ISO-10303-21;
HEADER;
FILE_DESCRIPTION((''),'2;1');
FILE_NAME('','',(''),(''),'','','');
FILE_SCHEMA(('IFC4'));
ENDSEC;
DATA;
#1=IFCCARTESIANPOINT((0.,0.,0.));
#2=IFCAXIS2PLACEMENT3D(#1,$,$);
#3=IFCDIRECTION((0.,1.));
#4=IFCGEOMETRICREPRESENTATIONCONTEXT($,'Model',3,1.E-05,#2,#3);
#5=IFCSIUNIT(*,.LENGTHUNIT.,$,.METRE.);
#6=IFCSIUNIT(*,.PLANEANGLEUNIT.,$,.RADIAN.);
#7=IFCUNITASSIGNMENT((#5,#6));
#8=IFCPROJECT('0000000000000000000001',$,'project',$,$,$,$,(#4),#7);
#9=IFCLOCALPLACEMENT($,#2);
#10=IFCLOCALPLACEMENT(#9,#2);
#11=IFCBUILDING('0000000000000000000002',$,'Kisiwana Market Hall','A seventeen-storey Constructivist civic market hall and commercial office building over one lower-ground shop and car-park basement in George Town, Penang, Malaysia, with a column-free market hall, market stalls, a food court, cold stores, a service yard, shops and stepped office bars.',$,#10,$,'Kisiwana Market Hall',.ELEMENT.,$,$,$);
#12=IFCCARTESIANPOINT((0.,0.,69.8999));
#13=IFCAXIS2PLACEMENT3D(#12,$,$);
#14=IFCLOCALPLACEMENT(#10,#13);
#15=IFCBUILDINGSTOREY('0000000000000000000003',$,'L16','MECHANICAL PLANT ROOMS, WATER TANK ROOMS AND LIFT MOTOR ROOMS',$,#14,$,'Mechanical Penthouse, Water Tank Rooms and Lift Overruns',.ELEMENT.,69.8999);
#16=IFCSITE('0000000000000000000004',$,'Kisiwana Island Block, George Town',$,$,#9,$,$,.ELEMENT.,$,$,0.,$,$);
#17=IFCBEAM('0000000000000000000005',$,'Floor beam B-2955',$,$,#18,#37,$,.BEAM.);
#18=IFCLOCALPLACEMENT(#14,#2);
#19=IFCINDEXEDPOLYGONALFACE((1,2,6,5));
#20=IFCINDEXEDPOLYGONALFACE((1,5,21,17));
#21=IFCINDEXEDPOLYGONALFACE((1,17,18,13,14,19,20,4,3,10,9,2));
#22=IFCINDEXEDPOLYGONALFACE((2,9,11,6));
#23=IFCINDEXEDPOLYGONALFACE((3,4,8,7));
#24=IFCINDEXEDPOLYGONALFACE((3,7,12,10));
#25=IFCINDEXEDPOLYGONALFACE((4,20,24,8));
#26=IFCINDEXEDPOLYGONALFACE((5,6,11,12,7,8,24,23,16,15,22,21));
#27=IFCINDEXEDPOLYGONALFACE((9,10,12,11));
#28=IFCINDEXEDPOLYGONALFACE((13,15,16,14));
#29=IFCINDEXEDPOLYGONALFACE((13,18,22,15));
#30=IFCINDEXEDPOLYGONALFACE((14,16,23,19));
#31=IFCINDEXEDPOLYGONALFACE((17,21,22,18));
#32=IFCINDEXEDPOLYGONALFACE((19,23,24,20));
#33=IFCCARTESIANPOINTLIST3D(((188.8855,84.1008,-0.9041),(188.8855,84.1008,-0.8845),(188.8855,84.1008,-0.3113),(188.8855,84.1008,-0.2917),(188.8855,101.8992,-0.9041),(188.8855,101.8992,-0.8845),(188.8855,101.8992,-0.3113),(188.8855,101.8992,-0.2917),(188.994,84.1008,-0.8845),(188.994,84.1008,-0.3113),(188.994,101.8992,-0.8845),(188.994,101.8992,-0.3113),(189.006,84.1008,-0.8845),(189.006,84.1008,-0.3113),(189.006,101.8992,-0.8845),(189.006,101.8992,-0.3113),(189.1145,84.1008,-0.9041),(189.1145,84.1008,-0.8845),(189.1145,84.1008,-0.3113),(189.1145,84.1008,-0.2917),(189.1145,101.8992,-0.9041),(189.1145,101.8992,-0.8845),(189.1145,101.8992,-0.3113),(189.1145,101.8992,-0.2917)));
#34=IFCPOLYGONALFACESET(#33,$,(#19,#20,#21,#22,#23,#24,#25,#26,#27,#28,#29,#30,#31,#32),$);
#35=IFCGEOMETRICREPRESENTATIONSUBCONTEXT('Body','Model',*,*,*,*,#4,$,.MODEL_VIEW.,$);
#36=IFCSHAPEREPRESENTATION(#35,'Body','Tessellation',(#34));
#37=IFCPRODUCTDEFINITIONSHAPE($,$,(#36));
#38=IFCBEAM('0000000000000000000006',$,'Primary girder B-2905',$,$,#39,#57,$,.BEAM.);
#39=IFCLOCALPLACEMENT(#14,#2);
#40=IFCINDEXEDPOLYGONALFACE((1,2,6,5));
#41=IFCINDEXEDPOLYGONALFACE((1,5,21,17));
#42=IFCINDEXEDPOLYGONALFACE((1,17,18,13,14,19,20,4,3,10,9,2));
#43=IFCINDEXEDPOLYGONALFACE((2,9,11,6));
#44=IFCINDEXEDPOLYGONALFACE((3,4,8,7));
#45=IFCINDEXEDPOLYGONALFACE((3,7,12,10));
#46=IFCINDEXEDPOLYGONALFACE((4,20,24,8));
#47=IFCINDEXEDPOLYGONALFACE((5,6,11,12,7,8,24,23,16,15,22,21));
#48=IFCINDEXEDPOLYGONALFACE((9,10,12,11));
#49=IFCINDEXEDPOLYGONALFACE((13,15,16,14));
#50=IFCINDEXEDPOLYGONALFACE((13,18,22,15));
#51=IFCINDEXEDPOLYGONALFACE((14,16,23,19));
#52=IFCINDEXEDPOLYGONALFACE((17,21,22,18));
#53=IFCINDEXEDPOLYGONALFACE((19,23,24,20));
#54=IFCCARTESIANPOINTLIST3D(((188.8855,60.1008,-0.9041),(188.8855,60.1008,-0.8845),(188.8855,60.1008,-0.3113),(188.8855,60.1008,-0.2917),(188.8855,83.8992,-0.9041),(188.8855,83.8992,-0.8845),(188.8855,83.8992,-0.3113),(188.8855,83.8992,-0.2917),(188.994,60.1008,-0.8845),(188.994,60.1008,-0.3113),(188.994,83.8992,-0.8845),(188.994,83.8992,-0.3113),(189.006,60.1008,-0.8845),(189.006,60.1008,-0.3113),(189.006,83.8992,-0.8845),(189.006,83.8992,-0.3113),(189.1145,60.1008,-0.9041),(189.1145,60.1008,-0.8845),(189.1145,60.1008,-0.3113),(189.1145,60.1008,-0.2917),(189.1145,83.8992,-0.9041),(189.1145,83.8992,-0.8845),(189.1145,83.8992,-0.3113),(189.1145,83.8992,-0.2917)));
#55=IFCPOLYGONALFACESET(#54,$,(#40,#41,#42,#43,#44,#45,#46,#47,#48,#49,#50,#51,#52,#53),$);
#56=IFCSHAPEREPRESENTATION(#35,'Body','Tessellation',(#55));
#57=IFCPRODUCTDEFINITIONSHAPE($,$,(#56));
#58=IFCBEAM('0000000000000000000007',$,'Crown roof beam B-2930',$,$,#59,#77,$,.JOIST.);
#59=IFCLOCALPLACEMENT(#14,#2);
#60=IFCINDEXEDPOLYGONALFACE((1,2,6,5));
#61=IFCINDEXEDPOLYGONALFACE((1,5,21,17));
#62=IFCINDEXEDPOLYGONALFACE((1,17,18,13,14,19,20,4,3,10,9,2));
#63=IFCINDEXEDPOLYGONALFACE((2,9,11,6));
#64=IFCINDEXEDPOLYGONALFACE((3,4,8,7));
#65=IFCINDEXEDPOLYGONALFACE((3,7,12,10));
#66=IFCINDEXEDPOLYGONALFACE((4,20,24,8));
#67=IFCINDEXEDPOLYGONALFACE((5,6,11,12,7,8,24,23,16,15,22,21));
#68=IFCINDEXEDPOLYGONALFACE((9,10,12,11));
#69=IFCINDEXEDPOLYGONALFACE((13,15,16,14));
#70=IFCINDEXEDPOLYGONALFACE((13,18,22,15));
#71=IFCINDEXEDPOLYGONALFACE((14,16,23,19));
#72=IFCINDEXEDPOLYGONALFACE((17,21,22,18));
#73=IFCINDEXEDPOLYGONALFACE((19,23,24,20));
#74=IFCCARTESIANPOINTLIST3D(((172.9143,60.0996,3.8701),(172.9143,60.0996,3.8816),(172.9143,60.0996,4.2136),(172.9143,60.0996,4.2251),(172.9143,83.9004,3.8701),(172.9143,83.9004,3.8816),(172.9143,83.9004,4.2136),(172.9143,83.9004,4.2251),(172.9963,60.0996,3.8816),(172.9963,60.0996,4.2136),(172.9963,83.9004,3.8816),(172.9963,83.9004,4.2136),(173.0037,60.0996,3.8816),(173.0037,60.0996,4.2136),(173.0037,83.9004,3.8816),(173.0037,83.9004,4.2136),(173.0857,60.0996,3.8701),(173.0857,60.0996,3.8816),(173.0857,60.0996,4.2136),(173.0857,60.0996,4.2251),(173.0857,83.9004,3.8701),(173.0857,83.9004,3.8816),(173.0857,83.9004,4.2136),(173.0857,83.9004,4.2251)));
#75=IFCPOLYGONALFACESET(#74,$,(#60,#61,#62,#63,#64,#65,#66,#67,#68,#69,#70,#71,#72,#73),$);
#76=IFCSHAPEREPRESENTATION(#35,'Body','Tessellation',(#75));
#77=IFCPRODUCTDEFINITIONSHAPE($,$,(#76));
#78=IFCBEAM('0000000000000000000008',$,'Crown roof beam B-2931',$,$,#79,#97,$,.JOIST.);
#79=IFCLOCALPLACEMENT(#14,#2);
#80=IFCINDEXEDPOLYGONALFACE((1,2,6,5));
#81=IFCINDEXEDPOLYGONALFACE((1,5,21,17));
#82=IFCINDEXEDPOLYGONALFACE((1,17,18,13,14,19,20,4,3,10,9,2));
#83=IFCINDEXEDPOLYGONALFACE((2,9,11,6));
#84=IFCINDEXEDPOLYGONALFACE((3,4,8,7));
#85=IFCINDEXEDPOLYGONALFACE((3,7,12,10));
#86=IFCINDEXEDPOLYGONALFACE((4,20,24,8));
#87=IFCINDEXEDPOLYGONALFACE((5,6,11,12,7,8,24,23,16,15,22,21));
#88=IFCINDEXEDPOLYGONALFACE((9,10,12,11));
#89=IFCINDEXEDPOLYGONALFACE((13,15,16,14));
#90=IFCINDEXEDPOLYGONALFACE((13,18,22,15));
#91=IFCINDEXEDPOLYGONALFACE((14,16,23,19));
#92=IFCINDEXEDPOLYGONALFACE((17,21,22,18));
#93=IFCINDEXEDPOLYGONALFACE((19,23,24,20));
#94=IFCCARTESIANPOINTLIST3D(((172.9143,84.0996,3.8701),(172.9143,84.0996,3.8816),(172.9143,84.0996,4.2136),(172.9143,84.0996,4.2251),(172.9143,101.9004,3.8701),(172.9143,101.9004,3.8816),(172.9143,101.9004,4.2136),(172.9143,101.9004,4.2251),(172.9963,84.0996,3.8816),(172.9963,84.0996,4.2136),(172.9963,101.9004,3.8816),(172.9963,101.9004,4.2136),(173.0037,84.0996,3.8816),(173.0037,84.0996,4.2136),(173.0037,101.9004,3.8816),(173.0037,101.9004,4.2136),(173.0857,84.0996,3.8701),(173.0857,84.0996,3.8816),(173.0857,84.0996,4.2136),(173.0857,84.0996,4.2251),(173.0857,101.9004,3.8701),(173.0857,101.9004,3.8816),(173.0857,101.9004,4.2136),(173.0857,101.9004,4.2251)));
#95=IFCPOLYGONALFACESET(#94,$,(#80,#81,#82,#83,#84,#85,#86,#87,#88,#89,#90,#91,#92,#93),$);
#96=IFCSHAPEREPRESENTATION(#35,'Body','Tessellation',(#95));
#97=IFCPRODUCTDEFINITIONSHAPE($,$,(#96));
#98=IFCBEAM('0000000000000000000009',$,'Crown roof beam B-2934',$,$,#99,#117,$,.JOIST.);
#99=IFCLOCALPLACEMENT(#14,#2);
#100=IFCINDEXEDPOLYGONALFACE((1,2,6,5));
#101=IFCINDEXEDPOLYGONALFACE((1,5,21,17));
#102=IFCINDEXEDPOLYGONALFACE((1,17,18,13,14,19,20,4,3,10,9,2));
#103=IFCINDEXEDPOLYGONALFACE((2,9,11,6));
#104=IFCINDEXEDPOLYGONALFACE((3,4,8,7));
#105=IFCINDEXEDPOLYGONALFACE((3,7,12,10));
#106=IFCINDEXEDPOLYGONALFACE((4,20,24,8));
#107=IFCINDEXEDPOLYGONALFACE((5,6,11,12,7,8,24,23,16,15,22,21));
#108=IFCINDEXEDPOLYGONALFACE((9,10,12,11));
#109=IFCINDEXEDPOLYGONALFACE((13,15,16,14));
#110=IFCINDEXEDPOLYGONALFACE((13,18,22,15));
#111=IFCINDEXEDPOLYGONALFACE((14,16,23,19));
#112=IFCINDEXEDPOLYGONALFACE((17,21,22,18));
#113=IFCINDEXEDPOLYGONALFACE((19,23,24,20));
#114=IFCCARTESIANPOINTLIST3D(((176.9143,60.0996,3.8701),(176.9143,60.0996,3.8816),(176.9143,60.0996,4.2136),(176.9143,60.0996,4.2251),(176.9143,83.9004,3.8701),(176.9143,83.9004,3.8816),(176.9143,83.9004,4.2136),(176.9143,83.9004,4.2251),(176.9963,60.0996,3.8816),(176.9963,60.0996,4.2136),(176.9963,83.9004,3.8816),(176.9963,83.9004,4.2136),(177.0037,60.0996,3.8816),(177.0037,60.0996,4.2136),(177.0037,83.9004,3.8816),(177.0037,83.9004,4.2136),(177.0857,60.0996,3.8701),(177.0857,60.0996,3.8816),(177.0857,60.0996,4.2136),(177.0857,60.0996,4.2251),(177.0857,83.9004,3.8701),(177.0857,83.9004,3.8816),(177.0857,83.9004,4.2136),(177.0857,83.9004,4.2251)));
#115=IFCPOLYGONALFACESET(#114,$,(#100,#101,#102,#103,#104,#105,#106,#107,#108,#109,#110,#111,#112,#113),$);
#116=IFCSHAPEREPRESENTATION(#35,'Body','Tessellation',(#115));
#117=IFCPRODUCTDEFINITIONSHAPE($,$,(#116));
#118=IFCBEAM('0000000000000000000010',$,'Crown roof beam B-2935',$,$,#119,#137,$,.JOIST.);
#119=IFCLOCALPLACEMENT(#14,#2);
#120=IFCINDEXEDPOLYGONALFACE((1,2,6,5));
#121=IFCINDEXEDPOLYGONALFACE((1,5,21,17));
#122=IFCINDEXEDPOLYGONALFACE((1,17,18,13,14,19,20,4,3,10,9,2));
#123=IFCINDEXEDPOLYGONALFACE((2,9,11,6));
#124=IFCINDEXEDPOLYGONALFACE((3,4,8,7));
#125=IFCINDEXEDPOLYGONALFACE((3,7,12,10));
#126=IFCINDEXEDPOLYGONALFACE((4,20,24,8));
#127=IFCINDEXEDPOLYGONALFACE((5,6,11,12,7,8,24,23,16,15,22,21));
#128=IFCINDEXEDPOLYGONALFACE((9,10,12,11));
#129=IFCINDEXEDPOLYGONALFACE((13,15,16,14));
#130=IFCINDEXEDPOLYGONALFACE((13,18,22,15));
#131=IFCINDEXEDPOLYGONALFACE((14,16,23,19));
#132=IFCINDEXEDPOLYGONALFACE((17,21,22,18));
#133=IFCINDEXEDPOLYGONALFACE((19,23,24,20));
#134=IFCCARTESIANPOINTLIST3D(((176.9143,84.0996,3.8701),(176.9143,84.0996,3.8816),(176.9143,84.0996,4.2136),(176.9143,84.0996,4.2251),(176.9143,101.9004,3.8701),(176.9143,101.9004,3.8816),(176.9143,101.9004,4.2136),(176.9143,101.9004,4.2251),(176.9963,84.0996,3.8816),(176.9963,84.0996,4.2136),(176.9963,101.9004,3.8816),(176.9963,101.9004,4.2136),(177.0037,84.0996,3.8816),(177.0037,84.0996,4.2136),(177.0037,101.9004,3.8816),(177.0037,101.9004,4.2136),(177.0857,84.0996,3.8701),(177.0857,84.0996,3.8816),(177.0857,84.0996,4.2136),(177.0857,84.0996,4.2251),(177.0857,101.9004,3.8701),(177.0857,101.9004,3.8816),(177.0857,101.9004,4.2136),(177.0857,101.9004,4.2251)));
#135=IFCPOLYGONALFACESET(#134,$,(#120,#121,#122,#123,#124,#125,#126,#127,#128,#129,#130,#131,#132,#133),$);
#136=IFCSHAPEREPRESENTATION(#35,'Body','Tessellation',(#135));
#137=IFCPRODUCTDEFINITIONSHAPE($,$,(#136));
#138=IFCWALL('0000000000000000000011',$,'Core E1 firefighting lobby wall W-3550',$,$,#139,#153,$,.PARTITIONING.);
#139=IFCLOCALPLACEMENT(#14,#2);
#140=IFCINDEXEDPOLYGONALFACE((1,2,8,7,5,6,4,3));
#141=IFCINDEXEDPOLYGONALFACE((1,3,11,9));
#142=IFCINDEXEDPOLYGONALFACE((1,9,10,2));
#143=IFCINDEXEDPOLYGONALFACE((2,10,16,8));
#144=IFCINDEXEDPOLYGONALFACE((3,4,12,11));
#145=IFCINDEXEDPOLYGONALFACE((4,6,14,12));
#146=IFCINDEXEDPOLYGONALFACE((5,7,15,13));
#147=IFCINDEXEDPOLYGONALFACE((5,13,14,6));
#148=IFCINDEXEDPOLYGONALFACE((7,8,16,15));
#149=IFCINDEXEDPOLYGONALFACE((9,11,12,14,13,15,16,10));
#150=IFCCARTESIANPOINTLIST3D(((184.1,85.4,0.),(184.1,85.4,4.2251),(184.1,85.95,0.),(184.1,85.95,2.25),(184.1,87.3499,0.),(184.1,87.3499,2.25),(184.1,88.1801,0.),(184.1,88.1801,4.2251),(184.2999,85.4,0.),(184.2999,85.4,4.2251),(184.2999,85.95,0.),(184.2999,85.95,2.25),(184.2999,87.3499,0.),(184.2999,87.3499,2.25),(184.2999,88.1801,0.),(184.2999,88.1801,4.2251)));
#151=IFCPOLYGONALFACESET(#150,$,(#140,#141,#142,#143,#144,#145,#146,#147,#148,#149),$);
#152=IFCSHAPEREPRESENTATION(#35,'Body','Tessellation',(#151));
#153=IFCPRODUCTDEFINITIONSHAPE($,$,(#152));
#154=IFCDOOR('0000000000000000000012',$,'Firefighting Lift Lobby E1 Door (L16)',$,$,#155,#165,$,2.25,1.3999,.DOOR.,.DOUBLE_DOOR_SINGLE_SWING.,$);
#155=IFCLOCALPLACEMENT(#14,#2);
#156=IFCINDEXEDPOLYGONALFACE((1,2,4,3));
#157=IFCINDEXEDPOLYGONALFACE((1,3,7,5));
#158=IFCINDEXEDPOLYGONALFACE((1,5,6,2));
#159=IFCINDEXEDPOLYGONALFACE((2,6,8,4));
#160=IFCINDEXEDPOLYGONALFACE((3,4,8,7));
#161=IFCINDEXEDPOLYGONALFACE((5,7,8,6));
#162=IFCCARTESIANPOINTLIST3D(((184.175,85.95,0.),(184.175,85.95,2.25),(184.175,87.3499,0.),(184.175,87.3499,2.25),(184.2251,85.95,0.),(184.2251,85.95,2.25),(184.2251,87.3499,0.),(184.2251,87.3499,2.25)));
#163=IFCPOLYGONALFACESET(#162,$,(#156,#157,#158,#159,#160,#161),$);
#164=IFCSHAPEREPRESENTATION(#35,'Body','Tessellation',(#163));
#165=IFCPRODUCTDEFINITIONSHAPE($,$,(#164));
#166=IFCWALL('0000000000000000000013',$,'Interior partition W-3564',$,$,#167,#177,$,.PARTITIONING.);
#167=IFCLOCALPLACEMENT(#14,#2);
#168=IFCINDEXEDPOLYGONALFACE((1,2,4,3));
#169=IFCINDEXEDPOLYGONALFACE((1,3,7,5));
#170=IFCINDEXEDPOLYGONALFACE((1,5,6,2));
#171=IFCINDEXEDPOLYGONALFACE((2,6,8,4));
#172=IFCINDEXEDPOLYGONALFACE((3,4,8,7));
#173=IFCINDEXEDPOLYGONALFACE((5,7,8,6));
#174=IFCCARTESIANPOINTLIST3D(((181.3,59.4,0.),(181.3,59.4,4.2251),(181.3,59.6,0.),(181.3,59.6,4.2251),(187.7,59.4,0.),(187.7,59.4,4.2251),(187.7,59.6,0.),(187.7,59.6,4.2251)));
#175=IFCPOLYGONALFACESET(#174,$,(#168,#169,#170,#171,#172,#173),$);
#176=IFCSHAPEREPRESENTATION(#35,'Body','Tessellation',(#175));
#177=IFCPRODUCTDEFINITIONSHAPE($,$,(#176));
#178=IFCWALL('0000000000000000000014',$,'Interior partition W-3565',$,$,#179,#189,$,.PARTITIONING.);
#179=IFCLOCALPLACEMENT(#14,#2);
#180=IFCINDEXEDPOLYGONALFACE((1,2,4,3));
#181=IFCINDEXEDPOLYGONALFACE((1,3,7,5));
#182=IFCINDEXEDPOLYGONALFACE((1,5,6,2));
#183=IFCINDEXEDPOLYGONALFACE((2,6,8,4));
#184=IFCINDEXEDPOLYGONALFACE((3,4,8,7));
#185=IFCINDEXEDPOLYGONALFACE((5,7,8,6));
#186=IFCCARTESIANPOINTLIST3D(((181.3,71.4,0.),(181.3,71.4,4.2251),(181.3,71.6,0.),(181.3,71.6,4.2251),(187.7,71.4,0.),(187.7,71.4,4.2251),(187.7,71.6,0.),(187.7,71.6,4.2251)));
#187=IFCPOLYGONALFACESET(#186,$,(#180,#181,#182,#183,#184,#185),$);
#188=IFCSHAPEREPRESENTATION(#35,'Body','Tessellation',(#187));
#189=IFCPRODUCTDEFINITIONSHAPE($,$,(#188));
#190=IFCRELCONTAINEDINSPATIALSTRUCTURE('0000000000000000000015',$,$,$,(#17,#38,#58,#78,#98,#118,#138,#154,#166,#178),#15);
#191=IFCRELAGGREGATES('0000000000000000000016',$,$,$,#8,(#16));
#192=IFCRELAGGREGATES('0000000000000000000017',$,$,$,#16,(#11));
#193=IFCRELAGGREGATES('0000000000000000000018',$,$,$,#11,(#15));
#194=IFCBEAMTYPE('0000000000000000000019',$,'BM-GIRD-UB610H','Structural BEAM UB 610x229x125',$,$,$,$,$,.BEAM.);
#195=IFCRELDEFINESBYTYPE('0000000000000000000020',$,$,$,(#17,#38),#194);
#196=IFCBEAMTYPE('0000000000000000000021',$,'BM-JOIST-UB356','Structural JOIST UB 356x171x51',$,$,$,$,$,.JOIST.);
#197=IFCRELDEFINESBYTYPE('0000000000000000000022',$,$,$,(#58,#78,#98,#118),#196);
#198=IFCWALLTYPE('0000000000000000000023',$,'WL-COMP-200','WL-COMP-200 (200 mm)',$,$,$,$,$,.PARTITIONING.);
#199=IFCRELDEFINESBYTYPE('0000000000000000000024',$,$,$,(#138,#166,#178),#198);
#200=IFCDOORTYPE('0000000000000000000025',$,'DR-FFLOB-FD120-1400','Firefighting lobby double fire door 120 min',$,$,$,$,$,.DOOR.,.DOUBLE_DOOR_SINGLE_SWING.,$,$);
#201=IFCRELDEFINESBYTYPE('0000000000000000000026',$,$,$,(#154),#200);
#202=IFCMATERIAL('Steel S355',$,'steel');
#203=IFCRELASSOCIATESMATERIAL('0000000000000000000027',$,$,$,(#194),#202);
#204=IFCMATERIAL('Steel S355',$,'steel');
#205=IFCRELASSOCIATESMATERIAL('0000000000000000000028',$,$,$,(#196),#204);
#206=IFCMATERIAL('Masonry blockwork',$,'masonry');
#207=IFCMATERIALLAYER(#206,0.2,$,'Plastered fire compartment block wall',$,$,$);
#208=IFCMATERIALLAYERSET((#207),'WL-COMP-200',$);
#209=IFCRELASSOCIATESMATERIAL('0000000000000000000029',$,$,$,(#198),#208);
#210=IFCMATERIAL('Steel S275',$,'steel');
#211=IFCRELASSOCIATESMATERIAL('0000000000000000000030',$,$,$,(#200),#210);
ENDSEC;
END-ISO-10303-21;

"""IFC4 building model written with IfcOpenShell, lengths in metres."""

from ifc_helpers import new_model, si_unit, direction, frame, frame_2d, origin, origin_2d, place, context, subcontext, project, spatial, rectangle, i_section, extrude, material, layer, layer_set, material_profile, profile_set, type_object, element, fill, save


model = new_model("IFC4")

# Units and contexts
model_context = context("Model", 3, precision=1e-05, world=origin(), true_north=direction((0.0, 1.0)))
body_context = subcontext(model_context, "Body", "Model", "MODEL_VIEW")
ifc_project = project(units=[si_unit("LENGTHUNIT", "METRE"), si_unit("PLANEANGLEUNIT", "RADIAN")], contexts=[model_context])

# Site, building, storey
site_placement = place(None, origin())
site = spatial("IfcSite", under=ifc_project, at=site_placement, Name="Kisiwana Island Block, George Town", CompositionType="ELEMENT", RefElevation=0.0)
building_placement = place(site_placement, origin())
building = spatial("IfcBuilding", under=site, at=building_placement, Name="Kisiwana Market Hall", Description="A seventeen-storey Constructivist civic market hall and commercial office building over one lower-ground shop and car-park basement in George Town, Penang, Malaysia, with a column-free market hall, market stalls, a food court, cold stores, a service yard, shops and stepped office bars.", LongName="Kisiwana Market Hall", CompositionType="ELEMENT")
storey_placement = place(building_placement, frame((0.0, 0.0, 69.8999)))
storey = spatial("IfcBuildingStorey", under=building, at=storey_placement, Name="L16", Description="MECHANICAL PLANT ROOMS, WATER TANK ROOMS AND LIFT MOTOR ROOMS", LongName="Mechanical Penthouse, Water Tank Rooms and Lift Overruns", CompositionType="ELEMENT", Elevation=69.8999)

# Beams
ifc_material_1 = material(Name="Steel S355", Category="steel")
ifc_material_profile_1 = material_profile(ifc_material_1, i_section(OverallWidth=0.229, OverallDepth=0.6123, WebThickness=0.012, FlangeThickness=0.0195, at=origin_2d()), Name="UB 610x229x125")
ifc_profile_set_1 = profile_set([ifc_material_profile_1], Name="Steel S355")
beam_type_1 = type_object("IfcBeamType", Name="BM-GIRD-UB610H", Description="Structural BEAM UB 610x229x125", PredefinedType="BEAM", material=ifc_profile_set_1)
beam_1_placement = place(storey_placement, frame((189.0, 84.1008, -0.5979), z_axis=(0.0, 1.0, 0.0), x_axis=(-1.0, 0.0, 0.0)))
element("IfcBeam", 1, at=beam_1_placement, inside=storey, type_object=beam_type_1, Name="Floor beam B-2955", PredefinedType="BEAM", context=body_context, shape_type="SweptSolid", body=[
    extrude(i_section(OverallWidth=0.229, OverallDepth=0.6123, WebThickness=0.012, FlangeThickness=0.0195, at=origin_2d()), origin(), (0.0, 0.0, 1.0), 17.7983),
])
beam_2_placement = place(storey_placement, frame((189.0, 60.1008, -0.5979), z_axis=(0.0, 1.0, 0.0), x_axis=(-1.0, 0.0, 0.0)))
element("IfcBeam", 2, at=beam_2_placement, inside=storey, type_object=beam_type_1, Name="Primary girder B-2905", PredefinedType="BEAM", context=body_context, shape_type="SweptSolid", body=[
    extrude(i_section(OverallWidth=0.229, OverallDepth=0.6123, WebThickness=0.012, FlangeThickness=0.0195, at=origin_2d()), origin(), (0.0, 0.0, 1.0), 23.7983),
])
ifc_material_2 = material(Name="Steel S355", Category="steel")
ifc_material_profile_2 = material_profile(ifc_material_2, i_section(OverallWidth=0.1714, OverallDepth=0.355, WebThickness=0.0073, FlangeThickness=0.0115, at=origin_2d()), Name="UB 356x171x51")
ifc_profile_set_2 = profile_set([ifc_material_profile_2], Name="Steel S355")
beam_type_2 = type_object("IfcBeamType", Name="BM-JOIST-UB356", Description="Structural JOIST UB 356x171x51", PredefinedType="JOIST", material=ifc_profile_set_2)
beam_3_placement = place(storey_placement, frame((173.0, 60.0996, 4.0476), z_axis=(0.0, 1.0, 0.0), x_axis=(-1.0, 0.0, 0.0)))
element("IfcBeam", 3, at=beam_3_placement, inside=storey, type_object=beam_type_2, Name="Crown roof beam B-2930", PredefinedType="JOIST", context=body_context, shape_type="SweptSolid", body=[
    extrude(i_section(OverallWidth=0.1714, OverallDepth=0.355, WebThickness=0.0073, FlangeThickness=0.0115, at=origin_2d()), origin(), (0.0, 0.0, 1.0), 23.8008),
])
beam_4_placement = place(storey_placement, frame((173.0, 84.0996, 4.0476), z_axis=(0.0, 1.0, 0.0), x_axis=(-1.0, 0.0, 0.0)))
element("IfcBeam", 4, at=beam_4_placement, inside=storey, type_object=beam_type_2, Name="Crown roof beam B-2931", PredefinedType="JOIST", context=body_context, shape_type="SweptSolid", body=[
    extrude(i_section(OverallWidth=0.1714, OverallDepth=0.355, WebThickness=0.0073, FlangeThickness=0.0115, at=origin_2d()), origin(), (0.0, 0.0, 1.0), 17.8008),
])
beam_5_placement = place(storey_placement, frame((177.0, 60.0996, 4.0476), z_axis=(0.0, 1.0, 0.0), x_axis=(-1.0, 0.0, 0.0)))
element("IfcBeam", 5, at=beam_5_placement, inside=storey, type_object=beam_type_2, Name="Crown roof beam B-2934", PredefinedType="JOIST", context=body_context, shape_type="SweptSolid", body=[
    extrude(i_section(OverallWidth=0.1714, OverallDepth=0.355, WebThickness=0.0073, FlangeThickness=0.0115, at=origin_2d()), origin(), (0.0, 0.0, 1.0), 23.8008),
])
beam_6_placement = place(storey_placement, frame((177.0, 84.0996, 4.0476), z_axis=(0.0, 1.0, 0.0), x_axis=(-1.0, 0.0, 0.0)))
element("IfcBeam", 6, at=beam_6_placement, inside=storey, type_object=beam_type_2, Name="Crown roof beam B-2935", PredefinedType="JOIST", context=body_context, shape_type="SweptSolid", body=[
    extrude(i_section(OverallWidth=0.1714, OverallDepth=0.355, WebThickness=0.0073, FlangeThickness=0.0115, at=origin_2d()), origin(), (0.0, 0.0, 1.0), 17.8008),
])

# Wall, opening, door
ifc_material_3 = material(Name="Masonry blockwork", Category="masonry")
ifc_layer_1 = layer(ifc_material_3, 0.2, Name="Plastered fire compartment block wall")
ifc_layer_set_1 = layer_set([ifc_layer_1], Name="WL-COMP-200")
wall_type_1 = type_object("IfcWallType", Name="WL-COMP-200", Description="WL-COMP-200 (200 mm)", PredefinedType="PARTITIONING", material=ifc_layer_set_1)
wall_1_placement = place(storey_placement, frame((184.2, 85.3999, 0.0), z_axis=(0.0, 0.0, 1.0), x_axis=(0.0, 1.0, 0.0)))
wall_1 = element("IfcWall", 7, at=wall_1_placement, inside=storey, type_object=wall_type_1, Name="Core E1 firefighting lobby wall W-3550", PredefinedType="PARTITIONING", context=body_context, shape_type="SweptSolid", body=[
    extrude(rectangle(XDim=2.78, YDim=0.2, at=frame_2d((1.3901, 0.0))), origin(), (0.0, 0.0, 1.0), 4.2251),
])
opening_1_placement = place(wall_1_placement, frame((0.55, 0.0, 0.0)))
opening_1 = element("IfcOpeningElement", 8, at=opening_1_placement, cuts=wall_1, PredefinedType="OPENING", context=body_context, shape_type="SweptSolid", body=[
    extrude(rectangle(XDim=1.3999, YDim=2.25, at=frame_2d((0.7, 1.125))), frame((0.0, 0.1118, 0.0), z_axis=(0.0, -1.0, 0.0), x_axis=(1.0, 0.0, 0.0)), (0.0, 0.0, 1.0), 0.2239),
])
ifc_material_4 = material(Name="Steel S275", Category="steel")
door_type_1 = type_object("IfcDoorType", Name="DR-FFLOB-FD120-1400", Description="Firefighting lobby double fire door 120 min", OperationType="DOUBLE_DOOR_SINGLE_SWING", PredefinedType="DOOR", material=ifc_material_4)
door_1_placement = place(opening_1_placement, origin())
door_1 = element("IfcDoor", 9, at=door_1_placement, inside=storey, type_object=door_type_1, Name="Firefighting Lift Lobby E1 Door (L16)", OperationType="DOUBLE_DOOR_SINGLE_SWING", OverallHeight=2.25, OverallWidth=1.3999, PredefinedType="DOOR", context=body_context, shape_type="SweptSolid", body=[
    extrude(rectangle(XDim=1.3999, YDim=2.25, at=frame_2d((0.7, 1.125))), frame((0.0, 0.0249, 0.0), z_axis=(0.0, -1.0, 0.0), x_axis=(1.0, 0.0, 0.0)), (0.0, 0.0, 1.0), 0.05),
])
fill(opening_1, door_1)

# Walls
for number, where, z_axis, x_axis, name in (
    (10, (181.3, 59.5, 0.0), (0.0, 0.0, 1.0), (1.0, 0.0, 0.0), "Interior partition W-3564"),
    (11, (181.3, 71.5, 0.0), (0.0, 0.0, 1.0), (1.0, 0.0, 0.0), "Interior partition W-3565"),
):
    element("IfcWall", number, at=place(storey_placement, frame(where, z_axis=z_axis, x_axis=x_axis)), inside=storey, type_object=wall_type_1, Name=name, PredefinedType="PARTITIONING", context=body_context, shape_type="SweptSolid", body=[
        extrude(rectangle(XDim=6.3999, YDim=0.2, at=frame_2d((3.2, 0.0))), origin(), (0.0, 0.0, 1.0), 4.2251),
    ])

save(model, "model.ifc")
